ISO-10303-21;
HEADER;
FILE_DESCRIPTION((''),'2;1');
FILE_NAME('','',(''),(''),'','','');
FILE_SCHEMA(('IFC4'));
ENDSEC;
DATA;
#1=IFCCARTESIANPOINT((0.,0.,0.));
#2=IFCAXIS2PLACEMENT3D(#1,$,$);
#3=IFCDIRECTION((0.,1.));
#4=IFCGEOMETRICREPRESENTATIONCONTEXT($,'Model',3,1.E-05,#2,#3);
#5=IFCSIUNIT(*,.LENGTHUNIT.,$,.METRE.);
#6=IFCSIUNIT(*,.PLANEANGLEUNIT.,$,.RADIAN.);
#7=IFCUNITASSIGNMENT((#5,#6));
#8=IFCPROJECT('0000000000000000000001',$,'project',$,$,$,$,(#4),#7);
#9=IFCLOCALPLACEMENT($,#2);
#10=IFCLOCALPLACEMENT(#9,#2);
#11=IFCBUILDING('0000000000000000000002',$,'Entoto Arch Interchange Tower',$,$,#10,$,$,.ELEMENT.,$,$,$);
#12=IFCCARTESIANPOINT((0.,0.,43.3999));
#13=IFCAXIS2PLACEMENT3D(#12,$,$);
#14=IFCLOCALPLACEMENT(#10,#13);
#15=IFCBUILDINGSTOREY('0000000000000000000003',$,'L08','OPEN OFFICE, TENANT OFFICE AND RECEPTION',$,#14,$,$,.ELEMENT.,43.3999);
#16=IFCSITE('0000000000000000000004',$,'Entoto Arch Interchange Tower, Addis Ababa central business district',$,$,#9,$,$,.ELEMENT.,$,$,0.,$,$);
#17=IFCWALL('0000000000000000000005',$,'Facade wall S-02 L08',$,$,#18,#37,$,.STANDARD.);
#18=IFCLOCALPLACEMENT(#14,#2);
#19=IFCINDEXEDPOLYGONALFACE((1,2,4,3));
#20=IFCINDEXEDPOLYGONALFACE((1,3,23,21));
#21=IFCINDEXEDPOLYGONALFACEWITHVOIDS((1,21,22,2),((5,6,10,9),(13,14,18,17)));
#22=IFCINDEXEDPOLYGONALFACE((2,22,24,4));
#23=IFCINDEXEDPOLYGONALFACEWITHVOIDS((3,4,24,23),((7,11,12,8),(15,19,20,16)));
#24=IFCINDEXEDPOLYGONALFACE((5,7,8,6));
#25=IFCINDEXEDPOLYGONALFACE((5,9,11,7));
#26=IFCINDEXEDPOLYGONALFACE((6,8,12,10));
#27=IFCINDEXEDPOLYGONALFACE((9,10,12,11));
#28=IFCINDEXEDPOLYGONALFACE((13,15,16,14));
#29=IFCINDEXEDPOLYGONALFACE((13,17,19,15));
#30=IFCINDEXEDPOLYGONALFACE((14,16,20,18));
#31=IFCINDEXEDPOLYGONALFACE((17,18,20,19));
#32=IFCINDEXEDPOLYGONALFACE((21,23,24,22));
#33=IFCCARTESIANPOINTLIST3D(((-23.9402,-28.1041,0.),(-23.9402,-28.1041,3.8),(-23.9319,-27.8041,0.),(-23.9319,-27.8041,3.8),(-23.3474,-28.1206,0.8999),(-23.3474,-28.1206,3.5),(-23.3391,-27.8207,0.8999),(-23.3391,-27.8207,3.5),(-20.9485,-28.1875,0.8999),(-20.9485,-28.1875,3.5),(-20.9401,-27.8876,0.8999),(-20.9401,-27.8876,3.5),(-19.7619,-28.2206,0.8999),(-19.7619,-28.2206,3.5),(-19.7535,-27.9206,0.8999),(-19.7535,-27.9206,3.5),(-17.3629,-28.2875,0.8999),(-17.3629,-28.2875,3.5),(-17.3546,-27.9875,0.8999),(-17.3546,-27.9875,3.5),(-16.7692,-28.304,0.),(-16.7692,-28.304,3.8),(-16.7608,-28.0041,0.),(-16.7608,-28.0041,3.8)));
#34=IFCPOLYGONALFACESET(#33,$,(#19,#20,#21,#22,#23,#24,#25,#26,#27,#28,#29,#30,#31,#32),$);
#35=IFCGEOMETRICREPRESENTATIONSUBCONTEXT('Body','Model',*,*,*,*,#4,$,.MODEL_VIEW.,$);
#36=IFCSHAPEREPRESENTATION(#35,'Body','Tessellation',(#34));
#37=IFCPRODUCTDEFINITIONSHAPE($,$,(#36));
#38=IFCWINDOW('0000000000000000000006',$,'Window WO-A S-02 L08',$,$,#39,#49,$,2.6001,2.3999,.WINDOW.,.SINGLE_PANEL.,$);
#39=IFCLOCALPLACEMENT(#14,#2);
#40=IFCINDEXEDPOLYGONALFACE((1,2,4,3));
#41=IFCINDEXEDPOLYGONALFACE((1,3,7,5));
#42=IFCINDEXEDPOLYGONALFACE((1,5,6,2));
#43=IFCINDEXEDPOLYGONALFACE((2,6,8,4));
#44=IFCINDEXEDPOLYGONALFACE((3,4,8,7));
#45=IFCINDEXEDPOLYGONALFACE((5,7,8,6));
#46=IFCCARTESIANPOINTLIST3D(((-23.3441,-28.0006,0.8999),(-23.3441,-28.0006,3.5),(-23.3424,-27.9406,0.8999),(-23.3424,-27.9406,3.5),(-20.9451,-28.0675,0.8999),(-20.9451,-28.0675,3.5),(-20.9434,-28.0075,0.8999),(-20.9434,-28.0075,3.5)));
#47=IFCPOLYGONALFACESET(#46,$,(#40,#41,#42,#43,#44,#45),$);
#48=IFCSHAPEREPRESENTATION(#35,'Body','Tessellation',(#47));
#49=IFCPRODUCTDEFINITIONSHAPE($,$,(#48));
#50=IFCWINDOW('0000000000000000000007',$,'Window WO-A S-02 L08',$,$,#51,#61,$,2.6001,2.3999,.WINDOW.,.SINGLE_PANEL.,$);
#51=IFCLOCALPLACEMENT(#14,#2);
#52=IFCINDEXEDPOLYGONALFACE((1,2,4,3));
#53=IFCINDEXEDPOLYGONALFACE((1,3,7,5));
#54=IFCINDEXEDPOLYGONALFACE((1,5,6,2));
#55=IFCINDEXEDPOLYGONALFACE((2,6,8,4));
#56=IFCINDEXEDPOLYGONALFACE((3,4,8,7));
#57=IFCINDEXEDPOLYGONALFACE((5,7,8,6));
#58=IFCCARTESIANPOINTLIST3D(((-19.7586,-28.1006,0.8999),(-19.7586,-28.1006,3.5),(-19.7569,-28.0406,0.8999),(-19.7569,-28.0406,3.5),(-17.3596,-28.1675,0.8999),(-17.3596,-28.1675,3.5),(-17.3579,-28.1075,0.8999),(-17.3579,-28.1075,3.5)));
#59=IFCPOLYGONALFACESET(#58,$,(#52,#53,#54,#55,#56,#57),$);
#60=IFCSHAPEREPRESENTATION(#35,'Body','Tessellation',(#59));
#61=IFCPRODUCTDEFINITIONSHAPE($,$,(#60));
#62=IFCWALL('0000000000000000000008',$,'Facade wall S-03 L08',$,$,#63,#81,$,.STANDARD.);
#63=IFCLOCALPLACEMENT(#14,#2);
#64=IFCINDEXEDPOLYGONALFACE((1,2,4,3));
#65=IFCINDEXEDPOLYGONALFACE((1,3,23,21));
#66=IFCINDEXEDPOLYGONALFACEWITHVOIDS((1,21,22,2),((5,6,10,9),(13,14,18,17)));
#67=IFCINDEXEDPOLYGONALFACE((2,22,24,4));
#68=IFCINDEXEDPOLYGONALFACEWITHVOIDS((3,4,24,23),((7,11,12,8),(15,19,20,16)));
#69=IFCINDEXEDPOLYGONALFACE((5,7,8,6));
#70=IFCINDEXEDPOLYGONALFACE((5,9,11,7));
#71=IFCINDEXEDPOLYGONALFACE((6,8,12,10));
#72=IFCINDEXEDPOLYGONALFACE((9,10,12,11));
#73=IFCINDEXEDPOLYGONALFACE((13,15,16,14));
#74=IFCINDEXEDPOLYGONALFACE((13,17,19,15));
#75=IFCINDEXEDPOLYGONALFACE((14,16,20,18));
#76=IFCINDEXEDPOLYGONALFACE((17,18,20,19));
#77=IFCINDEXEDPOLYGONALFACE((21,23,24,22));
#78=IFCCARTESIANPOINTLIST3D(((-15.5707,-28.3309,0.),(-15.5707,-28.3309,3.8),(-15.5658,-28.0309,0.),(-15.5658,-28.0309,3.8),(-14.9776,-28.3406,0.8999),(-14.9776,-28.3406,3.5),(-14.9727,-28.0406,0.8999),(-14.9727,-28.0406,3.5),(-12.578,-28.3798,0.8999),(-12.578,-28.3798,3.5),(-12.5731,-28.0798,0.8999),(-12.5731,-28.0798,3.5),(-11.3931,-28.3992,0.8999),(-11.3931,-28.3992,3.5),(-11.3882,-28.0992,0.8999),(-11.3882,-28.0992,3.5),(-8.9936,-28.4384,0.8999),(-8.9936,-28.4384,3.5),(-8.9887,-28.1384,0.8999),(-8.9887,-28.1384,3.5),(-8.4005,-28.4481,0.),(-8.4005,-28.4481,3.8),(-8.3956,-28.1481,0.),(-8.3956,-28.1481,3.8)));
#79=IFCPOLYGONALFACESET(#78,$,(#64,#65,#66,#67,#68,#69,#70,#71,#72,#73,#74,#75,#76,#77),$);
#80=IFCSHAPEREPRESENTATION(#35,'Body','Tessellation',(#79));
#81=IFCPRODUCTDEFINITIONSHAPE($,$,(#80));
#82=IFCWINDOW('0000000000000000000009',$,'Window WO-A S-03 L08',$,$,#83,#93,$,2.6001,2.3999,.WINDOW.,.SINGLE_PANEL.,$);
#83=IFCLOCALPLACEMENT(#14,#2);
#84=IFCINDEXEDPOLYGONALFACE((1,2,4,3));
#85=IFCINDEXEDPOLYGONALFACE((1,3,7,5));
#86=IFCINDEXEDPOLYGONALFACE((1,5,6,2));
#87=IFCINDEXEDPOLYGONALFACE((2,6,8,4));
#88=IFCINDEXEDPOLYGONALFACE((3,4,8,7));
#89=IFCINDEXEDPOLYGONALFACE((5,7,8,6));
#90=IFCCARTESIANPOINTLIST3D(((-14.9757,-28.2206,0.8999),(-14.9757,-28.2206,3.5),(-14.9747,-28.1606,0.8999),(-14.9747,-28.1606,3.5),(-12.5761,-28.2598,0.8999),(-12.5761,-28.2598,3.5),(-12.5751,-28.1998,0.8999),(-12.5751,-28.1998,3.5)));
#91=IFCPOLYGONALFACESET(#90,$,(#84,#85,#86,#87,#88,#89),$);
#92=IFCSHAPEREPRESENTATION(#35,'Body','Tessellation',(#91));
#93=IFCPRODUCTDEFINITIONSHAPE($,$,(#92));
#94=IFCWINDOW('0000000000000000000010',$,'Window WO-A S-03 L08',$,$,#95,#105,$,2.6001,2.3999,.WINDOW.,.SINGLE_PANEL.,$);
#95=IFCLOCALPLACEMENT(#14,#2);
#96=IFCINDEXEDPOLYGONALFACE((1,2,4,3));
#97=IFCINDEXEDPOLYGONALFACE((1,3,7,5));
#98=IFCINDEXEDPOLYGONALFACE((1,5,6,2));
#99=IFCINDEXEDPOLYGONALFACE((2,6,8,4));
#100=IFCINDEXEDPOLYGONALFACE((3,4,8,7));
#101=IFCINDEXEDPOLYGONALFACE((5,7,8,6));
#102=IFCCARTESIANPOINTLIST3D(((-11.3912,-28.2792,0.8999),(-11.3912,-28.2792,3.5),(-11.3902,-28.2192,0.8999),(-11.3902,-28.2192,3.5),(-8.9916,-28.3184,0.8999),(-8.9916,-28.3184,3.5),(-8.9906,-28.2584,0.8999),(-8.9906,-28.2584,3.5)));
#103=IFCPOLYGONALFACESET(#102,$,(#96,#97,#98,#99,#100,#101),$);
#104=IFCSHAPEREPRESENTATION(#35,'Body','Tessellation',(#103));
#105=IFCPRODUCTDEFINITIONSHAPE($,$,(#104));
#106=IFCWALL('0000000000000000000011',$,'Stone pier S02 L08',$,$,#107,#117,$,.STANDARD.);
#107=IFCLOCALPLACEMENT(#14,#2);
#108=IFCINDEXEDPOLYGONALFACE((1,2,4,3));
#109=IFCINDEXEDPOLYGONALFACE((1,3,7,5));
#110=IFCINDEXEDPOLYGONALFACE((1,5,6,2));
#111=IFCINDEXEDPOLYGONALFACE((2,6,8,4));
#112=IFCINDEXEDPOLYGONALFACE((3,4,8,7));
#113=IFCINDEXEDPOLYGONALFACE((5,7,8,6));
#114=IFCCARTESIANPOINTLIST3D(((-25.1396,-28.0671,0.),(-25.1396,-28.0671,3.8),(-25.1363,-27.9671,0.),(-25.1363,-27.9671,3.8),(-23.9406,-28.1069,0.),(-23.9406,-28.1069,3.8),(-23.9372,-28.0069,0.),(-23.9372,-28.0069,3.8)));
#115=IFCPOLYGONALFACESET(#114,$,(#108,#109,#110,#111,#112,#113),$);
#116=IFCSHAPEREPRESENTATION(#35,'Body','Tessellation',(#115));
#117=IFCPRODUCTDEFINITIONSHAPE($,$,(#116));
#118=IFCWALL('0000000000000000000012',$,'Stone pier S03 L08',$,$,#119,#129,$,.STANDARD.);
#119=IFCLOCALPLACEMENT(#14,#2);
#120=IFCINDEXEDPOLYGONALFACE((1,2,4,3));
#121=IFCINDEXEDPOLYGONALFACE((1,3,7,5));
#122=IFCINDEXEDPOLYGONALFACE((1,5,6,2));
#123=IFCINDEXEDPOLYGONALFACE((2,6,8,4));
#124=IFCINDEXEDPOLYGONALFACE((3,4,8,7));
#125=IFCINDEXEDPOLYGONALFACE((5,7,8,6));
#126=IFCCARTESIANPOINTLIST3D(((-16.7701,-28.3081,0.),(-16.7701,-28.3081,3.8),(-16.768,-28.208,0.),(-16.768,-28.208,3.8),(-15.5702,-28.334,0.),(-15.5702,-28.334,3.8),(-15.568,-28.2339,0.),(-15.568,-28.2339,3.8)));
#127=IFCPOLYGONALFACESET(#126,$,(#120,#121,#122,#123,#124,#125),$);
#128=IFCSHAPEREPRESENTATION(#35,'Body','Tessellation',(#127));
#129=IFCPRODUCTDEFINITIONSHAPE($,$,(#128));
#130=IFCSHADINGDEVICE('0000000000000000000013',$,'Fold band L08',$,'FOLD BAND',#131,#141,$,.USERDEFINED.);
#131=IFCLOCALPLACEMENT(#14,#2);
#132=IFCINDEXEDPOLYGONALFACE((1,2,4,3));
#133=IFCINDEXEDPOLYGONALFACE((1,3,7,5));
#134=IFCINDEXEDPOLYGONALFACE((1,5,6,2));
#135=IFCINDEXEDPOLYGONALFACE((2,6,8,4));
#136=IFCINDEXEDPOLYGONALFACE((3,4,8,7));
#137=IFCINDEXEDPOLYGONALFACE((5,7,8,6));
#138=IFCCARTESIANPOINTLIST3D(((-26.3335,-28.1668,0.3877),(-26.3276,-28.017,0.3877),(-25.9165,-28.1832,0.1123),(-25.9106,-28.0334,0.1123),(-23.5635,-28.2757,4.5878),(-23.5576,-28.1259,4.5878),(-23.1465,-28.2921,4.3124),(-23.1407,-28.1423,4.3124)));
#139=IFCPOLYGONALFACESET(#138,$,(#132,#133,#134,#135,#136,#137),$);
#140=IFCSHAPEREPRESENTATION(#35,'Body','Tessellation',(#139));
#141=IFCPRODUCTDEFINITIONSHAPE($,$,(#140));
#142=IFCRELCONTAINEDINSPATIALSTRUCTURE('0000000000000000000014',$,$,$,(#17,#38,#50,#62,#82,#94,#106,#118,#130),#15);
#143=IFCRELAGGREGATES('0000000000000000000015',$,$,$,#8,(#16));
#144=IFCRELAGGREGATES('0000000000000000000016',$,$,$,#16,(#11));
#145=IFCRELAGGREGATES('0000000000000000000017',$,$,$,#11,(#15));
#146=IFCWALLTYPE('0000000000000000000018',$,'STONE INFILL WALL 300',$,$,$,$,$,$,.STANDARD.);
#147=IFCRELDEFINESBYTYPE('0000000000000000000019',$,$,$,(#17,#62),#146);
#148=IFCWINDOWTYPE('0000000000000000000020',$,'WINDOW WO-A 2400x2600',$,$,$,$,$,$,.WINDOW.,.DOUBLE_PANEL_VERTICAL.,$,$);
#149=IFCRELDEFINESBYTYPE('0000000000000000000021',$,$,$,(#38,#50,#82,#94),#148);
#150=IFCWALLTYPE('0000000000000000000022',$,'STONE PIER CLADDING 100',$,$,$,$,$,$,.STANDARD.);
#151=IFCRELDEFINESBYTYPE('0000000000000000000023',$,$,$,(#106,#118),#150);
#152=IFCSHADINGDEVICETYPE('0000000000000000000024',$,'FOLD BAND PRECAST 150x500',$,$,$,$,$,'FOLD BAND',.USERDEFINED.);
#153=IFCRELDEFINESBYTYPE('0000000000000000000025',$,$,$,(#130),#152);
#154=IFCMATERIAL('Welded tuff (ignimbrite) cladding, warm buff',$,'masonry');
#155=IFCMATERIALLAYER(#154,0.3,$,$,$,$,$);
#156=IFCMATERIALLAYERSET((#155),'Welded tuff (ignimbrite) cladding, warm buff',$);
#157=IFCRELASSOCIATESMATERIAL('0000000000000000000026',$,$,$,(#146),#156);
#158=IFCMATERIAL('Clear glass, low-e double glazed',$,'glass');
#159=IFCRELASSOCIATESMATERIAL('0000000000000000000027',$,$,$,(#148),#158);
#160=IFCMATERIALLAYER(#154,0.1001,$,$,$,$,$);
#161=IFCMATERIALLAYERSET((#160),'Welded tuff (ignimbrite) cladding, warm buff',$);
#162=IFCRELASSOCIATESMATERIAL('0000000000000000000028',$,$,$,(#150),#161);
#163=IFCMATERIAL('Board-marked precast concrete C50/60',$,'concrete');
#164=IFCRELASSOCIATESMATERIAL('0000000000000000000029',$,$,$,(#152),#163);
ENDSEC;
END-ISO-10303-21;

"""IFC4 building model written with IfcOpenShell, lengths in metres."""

from ifc_helpers import new_model, si_unit, direction, frame, frame_2d, origin, origin_2d, place, context, subcontext, project, spatial, rectangle, extrude, material, layer, layer_set, material_profile, profile_set, type_object, element, fill, save


model = new_model("IFC4")

# Units and contexts
model_context = context("Model", 3, precision=1e-05, world=origin(), true_north=direction((0.0, 1.0)))
body_context = subcontext(model_context, "Body", "Model", "MODEL_VIEW")
ifc_project = project(units=[si_unit("LENGTHUNIT", "METRE"), si_unit("PLANEANGLEUNIT", "RADIAN")], contexts=[model_context])

# Site, building, storey
site_placement = place(None, origin())
site = spatial("IfcSite", under=ifc_project, at=site_placement, Name="Entoto Arch Interchange Tower, Addis Ababa central business district", CompositionType="ELEMENT", RefElevation=0.0)
building_placement = place(site_placement, origin())
building = spatial("IfcBuilding", under=site, at=building_placement, Name="Entoto Arch Interchange Tower", CompositionType="ELEMENT")
storey_placement = place(building_placement, frame((0.0, 0.0, 43.3999)))
storey = spatial("IfcBuildingStorey", under=building, at=storey_placement, Name="L08", Description="OPEN OFFICE, TENANT OFFICE AND RECEPTION", CompositionType="ELEMENT", Elevation=43.3999)

# Walls, openings, windows
ifc_material_1 = material(Name="Welded tuff (ignimbrite) cladding, warm buff", Category="masonry")
ifc_layer_1 = layer(ifc_material_1, 0.3)
ifc_layer_set_1 = layer_set([ifc_layer_1], Name="Welded tuff (ignimbrite) cladding, warm buff")
wall_type_1 = type_object("IfcWallType", Name="STONE INFILL WALL 300", PredefinedType="STANDARD", material=ifc_layer_set_1)
wall_1_placement = place(storey_placement, frame((-23.936, -27.9541, 0.0), z_axis=(0.0, 0.0, 1.0), x_axis=(0.999612, -0.027872, 0.0)))
wall_1 = element("IfcWall", 1, at=wall_1_placement, inside=storey, type_object=wall_type_1, Name="Facade wall S-02 L08", PredefinedType="STANDARD", context=body_context, shape_type="SweptSolid", body=[
    extrude(rectangle(XDim=7.1738, YDim=0.3, at=frame_2d((3.5869, 0.0))), origin(), (0.0, 0.0, 1.0), 3.8),
])
opening_1_placement = place(wall_1_placement, frame((0.593, 0.0, 0.8999)))
opening_1 = element("IfcOpeningElement", 2, at=opening_1_placement, cuts=wall_1, PredefinedType="OPENING", context=body_context, shape_type="SweptSolid", body=[
    extrude(rectangle(XDim=2.3999, YDim=2.6001, at=frame_2d((1.2, 1.3))), frame((0.0, 0.1602, 0.0), z_axis=(0.0, -1.0, 0.0), x_axis=(1.0, 0.0, 0.0)), (0.0, 0.0, 1.0), 0.3201),
])
opening_2_placement = place(wall_1_placement, frame((4.1799, 0.0, 0.8999)))
opening_2 = element("IfcOpeningElement", 3, at=opening_2_placement, cuts=wall_1, PredefinedType="OPENING", context=body_context, shape_type="SweptSolid", body=[
    extrude(rectangle(XDim=2.3999, YDim=2.6001, at=frame_2d((1.2, 1.3))), frame((0.0, 0.1602, 0.0), z_axis=(0.0, -1.0, 0.0), x_axis=(1.0, 0.0, 0.0)), (0.0, 0.0, 1.0), 0.3201),
])
ifc_material_2 = material(Name="Clear glass, low-e double glazed", Category="glass")
window_type = type_object("IfcWindowType", Name="WINDOW WO-A 2400x2600", PartitioningType="DOUBLE_PANEL_VERTICAL", PredefinedType="WINDOW", material=ifc_material_2)
window_1_placement = place(opening_1_placement, origin())
window_1 = element("IfcWindow", 4, at=window_1_placement, inside=storey, type_object=window_type, Name="Window WO-A S-02 L08", OverallHeight=2.6001, OverallWidth=2.3999, PartitioningType="SINGLE_PANEL", PredefinedType="WINDOW", context=body_context, shape_type="SweptSolid", body=[
    extrude(rectangle(XDim=2.3999, YDim=2.6001, at=frame_2d((1.2, 1.3))), frame((0.0, 0.03, 0.0), z_axis=(0.0, -1.0, 0.0), x_axis=(1.0, 0.0, 0.0)), (0.0, 0.0, 1.0), 0.0601),
])
fill(opening_1, window_1)
window_2_placement = place(opening_2_placement, origin())
window_2 = element("IfcWindow", 5, at=window_2_placement, inside=storey, type_object=window_type, Name="Window WO-A S-02 L08", OverallHeight=2.6001, OverallWidth=2.3999, PartitioningType="SINGLE_PANEL", PredefinedType="WINDOW", context=body_context, shape_type="SweptSolid", body=[
    extrude(rectangle(XDim=2.3999, YDim=2.6001, at=frame_2d((1.2, 1.3))), frame((0.0, 0.03, 0.0), z_axis=(0.0, -1.0, 0.0), x_axis=(1.0, 0.0, 0.0)), (0.0, 0.0, 1.0), 0.0601),
])
fill(opening_2, window_2)
wall_2_placement = place(storey_placement, frame((-15.5681, -28.1809, 0.0), z_axis=(0.0, 0.0, 1.0), x_axis=(0.999866, -0.016342, 0.0)))
wall_2 = element("IfcWall", 6, at=wall_2_placement, inside=storey, type_object=wall_type_1, Name="Facade wall S-03 L08", PredefinedType="STANDARD", context=body_context, shape_type="SweptSolid", body=[
    extrude(rectangle(XDim=7.1711, YDim=0.3, at=frame_2d((3.5854, 0.0))), origin(), (0.0, 0.0, 1.0), 3.8),
])
opening_3_placement = place(wall_2_placement, frame((0.593, 0.0, 0.8999)))
opening_3 = element("IfcOpeningElement", 7, at=opening_3_placement, cuts=wall_2, PredefinedType="OPENING", context=body_context, shape_type="SweptSolid", body=[
    extrude(rectangle(XDim=2.3999, YDim=2.6001, at=frame_2d((1.2, 1.3))), frame((0.0, 0.1602, 0.0), z_axis=(0.0, -1.0, 0.0), x_axis=(1.0, 0.0, 0.0)), (0.0, 0.0, 1.0), 0.3201),
])
opening_4_placement = place(wall_2_placement, frame((4.178, 0.0, 0.8999)))
opening_4 = element("IfcOpeningElement", 8, at=opening_4_placement, cuts=wall_2, PredefinedType="OPENING", context=body_context, shape_type="SweptSolid", body=[
    extrude(rectangle(XDim=2.3999, YDim=2.6001, at=frame_2d((1.2, 1.3))), frame((0.0, 0.1602, 0.0), z_axis=(0.0, -1.0, 0.0), x_axis=(1.0, 0.0, 0.0)), (0.0, 0.0, 1.0), 0.3201),
])
window_3_placement = place(opening_3_placement, origin())
window_3 = element("IfcWindow", 9, at=window_3_placement, inside=storey, type_object=window_type, Name="Window WO-A S-03 L08", OverallHeight=2.6001, OverallWidth=2.3999, PartitioningType="SINGLE_PANEL", PredefinedType="WINDOW", context=body_context, shape_type="SweptSolid", body=[
    extrude(rectangle(XDim=2.3999, YDim=2.6001, at=frame_2d((1.2, 1.3))), frame((0.0, 0.03, 0.0), z_axis=(0.0, -1.0, 0.0), x_axis=(1.0, 0.0, 0.0)), (0.0, 0.0, 1.0), 0.0601),
])
fill(opening_3, window_3)
window_4_placement = place(opening_4_placement, origin())
window_4 = element("IfcWindow", 10, at=window_4_placement, inside=storey, type_object=window_type, Name="Window WO-A S-03 L08", OverallHeight=2.6001, OverallWidth=2.3999, PartitioningType="SINGLE_PANEL", PredefinedType="WINDOW", context=body_context, shape_type="SweptSolid", body=[
    extrude(rectangle(XDim=2.3999, YDim=2.6001, at=frame_2d((1.2, 1.3))), frame((0.0, 0.03, 0.0), z_axis=(0.0, -1.0, 0.0), x_axis=(1.0, 0.0, 0.0)), (0.0, 0.0, 1.0), 0.0601),
])
fill(opening_4, window_4)

# Walls
ifc_layer_2 = layer(ifc_material_1, 0.1001)
ifc_layer_set_2 = layer_set([ifc_layer_2], Name="Welded tuff (ignimbrite) cladding, warm buff")
wall_type_2 = type_object("IfcWallType", Name="STONE PIER CLADDING 100", PredefinedType="STANDARD", material=ifc_layer_set_2)
wall_3_placement = place(storey_placement, frame((-25.1379, -28.0171, 0.0), z_axis=(0.0, 0.0, 1.0), x_axis=(0.99945, -0.033173, 0.0)))
element("IfcWall", 11, at=wall_3_placement, inside=storey, type_object=wall_type_2, Name="Stone pier S02 L08", PredefinedType="STANDARD", context=body_context, shape_type="SweptSolid", body=[
    extrude(rectangle(XDim=1.1997, YDim=0.1001, at=frame_2d((0.5999, 0.0))), origin(), (0.0, 0.0, 1.0), 3.8),
])
wall_4_placement = place(storey_placement, frame((-16.769, -28.2581, 0.0), z_axis=(0.0, 0.0, 1.0), x_axis=(0.999768, -0.021562, 0.0)))
element("IfcWall", 12, at=wall_4_placement, inside=storey, type_object=wall_type_2, Name="Stone pier S03 L08", PredefinedType="STANDARD", context=body_context, shape_type="SweptSolid", body=[
    extrude(rectangle(XDim=1.2002, YDim=0.1001, at=frame_2d((0.6001, 0.0))), origin(), (0.0, 0.0, 1.0), 3.8),
])

# Shading device
ifc_material_3 = material(Name="Board-marked precast concrete C50/60", Category="concrete")
ifc_material_profile_1 = material_profile(ifc_material_3, rectangle(XDim=0.1499, YDim=0.5, at=origin_2d()))
ifc_profile_set_1 = profile_set([ifc_material_profile_1], Name="Board-marked precast concrete C50/60")
shading_device_type = type_object("IfcShadingDeviceType", Name="FOLD BAND PRECAST 150x500", ElementType="FOLD BAND", PredefinedType="USERDEFINED", material=ifc_profile_set_1)
shading_device_placement = place(storey_placement, frame((-26.1221, -28.1001, 0.25), z_axis=(0.550421, -0.021637, 0.834607), x_axis=(0.039279, 0.999228, 0.0)))
element("IfcShadingDevice", 13, at=shading_device_placement, inside=storey, type_object=shading_device_type, Name="Fold band L08", ObjectType="FOLD BAND", PredefinedType="USERDEFINED", context=body_context, shape_type="SweptSolid", body=[
    extrude(rectangle(XDim=0.1499, YDim=0.5, at=origin_2d()), origin(), (0.0, 0.0, 1.0), 5.0325),
])

save(model, "model.ifc")
